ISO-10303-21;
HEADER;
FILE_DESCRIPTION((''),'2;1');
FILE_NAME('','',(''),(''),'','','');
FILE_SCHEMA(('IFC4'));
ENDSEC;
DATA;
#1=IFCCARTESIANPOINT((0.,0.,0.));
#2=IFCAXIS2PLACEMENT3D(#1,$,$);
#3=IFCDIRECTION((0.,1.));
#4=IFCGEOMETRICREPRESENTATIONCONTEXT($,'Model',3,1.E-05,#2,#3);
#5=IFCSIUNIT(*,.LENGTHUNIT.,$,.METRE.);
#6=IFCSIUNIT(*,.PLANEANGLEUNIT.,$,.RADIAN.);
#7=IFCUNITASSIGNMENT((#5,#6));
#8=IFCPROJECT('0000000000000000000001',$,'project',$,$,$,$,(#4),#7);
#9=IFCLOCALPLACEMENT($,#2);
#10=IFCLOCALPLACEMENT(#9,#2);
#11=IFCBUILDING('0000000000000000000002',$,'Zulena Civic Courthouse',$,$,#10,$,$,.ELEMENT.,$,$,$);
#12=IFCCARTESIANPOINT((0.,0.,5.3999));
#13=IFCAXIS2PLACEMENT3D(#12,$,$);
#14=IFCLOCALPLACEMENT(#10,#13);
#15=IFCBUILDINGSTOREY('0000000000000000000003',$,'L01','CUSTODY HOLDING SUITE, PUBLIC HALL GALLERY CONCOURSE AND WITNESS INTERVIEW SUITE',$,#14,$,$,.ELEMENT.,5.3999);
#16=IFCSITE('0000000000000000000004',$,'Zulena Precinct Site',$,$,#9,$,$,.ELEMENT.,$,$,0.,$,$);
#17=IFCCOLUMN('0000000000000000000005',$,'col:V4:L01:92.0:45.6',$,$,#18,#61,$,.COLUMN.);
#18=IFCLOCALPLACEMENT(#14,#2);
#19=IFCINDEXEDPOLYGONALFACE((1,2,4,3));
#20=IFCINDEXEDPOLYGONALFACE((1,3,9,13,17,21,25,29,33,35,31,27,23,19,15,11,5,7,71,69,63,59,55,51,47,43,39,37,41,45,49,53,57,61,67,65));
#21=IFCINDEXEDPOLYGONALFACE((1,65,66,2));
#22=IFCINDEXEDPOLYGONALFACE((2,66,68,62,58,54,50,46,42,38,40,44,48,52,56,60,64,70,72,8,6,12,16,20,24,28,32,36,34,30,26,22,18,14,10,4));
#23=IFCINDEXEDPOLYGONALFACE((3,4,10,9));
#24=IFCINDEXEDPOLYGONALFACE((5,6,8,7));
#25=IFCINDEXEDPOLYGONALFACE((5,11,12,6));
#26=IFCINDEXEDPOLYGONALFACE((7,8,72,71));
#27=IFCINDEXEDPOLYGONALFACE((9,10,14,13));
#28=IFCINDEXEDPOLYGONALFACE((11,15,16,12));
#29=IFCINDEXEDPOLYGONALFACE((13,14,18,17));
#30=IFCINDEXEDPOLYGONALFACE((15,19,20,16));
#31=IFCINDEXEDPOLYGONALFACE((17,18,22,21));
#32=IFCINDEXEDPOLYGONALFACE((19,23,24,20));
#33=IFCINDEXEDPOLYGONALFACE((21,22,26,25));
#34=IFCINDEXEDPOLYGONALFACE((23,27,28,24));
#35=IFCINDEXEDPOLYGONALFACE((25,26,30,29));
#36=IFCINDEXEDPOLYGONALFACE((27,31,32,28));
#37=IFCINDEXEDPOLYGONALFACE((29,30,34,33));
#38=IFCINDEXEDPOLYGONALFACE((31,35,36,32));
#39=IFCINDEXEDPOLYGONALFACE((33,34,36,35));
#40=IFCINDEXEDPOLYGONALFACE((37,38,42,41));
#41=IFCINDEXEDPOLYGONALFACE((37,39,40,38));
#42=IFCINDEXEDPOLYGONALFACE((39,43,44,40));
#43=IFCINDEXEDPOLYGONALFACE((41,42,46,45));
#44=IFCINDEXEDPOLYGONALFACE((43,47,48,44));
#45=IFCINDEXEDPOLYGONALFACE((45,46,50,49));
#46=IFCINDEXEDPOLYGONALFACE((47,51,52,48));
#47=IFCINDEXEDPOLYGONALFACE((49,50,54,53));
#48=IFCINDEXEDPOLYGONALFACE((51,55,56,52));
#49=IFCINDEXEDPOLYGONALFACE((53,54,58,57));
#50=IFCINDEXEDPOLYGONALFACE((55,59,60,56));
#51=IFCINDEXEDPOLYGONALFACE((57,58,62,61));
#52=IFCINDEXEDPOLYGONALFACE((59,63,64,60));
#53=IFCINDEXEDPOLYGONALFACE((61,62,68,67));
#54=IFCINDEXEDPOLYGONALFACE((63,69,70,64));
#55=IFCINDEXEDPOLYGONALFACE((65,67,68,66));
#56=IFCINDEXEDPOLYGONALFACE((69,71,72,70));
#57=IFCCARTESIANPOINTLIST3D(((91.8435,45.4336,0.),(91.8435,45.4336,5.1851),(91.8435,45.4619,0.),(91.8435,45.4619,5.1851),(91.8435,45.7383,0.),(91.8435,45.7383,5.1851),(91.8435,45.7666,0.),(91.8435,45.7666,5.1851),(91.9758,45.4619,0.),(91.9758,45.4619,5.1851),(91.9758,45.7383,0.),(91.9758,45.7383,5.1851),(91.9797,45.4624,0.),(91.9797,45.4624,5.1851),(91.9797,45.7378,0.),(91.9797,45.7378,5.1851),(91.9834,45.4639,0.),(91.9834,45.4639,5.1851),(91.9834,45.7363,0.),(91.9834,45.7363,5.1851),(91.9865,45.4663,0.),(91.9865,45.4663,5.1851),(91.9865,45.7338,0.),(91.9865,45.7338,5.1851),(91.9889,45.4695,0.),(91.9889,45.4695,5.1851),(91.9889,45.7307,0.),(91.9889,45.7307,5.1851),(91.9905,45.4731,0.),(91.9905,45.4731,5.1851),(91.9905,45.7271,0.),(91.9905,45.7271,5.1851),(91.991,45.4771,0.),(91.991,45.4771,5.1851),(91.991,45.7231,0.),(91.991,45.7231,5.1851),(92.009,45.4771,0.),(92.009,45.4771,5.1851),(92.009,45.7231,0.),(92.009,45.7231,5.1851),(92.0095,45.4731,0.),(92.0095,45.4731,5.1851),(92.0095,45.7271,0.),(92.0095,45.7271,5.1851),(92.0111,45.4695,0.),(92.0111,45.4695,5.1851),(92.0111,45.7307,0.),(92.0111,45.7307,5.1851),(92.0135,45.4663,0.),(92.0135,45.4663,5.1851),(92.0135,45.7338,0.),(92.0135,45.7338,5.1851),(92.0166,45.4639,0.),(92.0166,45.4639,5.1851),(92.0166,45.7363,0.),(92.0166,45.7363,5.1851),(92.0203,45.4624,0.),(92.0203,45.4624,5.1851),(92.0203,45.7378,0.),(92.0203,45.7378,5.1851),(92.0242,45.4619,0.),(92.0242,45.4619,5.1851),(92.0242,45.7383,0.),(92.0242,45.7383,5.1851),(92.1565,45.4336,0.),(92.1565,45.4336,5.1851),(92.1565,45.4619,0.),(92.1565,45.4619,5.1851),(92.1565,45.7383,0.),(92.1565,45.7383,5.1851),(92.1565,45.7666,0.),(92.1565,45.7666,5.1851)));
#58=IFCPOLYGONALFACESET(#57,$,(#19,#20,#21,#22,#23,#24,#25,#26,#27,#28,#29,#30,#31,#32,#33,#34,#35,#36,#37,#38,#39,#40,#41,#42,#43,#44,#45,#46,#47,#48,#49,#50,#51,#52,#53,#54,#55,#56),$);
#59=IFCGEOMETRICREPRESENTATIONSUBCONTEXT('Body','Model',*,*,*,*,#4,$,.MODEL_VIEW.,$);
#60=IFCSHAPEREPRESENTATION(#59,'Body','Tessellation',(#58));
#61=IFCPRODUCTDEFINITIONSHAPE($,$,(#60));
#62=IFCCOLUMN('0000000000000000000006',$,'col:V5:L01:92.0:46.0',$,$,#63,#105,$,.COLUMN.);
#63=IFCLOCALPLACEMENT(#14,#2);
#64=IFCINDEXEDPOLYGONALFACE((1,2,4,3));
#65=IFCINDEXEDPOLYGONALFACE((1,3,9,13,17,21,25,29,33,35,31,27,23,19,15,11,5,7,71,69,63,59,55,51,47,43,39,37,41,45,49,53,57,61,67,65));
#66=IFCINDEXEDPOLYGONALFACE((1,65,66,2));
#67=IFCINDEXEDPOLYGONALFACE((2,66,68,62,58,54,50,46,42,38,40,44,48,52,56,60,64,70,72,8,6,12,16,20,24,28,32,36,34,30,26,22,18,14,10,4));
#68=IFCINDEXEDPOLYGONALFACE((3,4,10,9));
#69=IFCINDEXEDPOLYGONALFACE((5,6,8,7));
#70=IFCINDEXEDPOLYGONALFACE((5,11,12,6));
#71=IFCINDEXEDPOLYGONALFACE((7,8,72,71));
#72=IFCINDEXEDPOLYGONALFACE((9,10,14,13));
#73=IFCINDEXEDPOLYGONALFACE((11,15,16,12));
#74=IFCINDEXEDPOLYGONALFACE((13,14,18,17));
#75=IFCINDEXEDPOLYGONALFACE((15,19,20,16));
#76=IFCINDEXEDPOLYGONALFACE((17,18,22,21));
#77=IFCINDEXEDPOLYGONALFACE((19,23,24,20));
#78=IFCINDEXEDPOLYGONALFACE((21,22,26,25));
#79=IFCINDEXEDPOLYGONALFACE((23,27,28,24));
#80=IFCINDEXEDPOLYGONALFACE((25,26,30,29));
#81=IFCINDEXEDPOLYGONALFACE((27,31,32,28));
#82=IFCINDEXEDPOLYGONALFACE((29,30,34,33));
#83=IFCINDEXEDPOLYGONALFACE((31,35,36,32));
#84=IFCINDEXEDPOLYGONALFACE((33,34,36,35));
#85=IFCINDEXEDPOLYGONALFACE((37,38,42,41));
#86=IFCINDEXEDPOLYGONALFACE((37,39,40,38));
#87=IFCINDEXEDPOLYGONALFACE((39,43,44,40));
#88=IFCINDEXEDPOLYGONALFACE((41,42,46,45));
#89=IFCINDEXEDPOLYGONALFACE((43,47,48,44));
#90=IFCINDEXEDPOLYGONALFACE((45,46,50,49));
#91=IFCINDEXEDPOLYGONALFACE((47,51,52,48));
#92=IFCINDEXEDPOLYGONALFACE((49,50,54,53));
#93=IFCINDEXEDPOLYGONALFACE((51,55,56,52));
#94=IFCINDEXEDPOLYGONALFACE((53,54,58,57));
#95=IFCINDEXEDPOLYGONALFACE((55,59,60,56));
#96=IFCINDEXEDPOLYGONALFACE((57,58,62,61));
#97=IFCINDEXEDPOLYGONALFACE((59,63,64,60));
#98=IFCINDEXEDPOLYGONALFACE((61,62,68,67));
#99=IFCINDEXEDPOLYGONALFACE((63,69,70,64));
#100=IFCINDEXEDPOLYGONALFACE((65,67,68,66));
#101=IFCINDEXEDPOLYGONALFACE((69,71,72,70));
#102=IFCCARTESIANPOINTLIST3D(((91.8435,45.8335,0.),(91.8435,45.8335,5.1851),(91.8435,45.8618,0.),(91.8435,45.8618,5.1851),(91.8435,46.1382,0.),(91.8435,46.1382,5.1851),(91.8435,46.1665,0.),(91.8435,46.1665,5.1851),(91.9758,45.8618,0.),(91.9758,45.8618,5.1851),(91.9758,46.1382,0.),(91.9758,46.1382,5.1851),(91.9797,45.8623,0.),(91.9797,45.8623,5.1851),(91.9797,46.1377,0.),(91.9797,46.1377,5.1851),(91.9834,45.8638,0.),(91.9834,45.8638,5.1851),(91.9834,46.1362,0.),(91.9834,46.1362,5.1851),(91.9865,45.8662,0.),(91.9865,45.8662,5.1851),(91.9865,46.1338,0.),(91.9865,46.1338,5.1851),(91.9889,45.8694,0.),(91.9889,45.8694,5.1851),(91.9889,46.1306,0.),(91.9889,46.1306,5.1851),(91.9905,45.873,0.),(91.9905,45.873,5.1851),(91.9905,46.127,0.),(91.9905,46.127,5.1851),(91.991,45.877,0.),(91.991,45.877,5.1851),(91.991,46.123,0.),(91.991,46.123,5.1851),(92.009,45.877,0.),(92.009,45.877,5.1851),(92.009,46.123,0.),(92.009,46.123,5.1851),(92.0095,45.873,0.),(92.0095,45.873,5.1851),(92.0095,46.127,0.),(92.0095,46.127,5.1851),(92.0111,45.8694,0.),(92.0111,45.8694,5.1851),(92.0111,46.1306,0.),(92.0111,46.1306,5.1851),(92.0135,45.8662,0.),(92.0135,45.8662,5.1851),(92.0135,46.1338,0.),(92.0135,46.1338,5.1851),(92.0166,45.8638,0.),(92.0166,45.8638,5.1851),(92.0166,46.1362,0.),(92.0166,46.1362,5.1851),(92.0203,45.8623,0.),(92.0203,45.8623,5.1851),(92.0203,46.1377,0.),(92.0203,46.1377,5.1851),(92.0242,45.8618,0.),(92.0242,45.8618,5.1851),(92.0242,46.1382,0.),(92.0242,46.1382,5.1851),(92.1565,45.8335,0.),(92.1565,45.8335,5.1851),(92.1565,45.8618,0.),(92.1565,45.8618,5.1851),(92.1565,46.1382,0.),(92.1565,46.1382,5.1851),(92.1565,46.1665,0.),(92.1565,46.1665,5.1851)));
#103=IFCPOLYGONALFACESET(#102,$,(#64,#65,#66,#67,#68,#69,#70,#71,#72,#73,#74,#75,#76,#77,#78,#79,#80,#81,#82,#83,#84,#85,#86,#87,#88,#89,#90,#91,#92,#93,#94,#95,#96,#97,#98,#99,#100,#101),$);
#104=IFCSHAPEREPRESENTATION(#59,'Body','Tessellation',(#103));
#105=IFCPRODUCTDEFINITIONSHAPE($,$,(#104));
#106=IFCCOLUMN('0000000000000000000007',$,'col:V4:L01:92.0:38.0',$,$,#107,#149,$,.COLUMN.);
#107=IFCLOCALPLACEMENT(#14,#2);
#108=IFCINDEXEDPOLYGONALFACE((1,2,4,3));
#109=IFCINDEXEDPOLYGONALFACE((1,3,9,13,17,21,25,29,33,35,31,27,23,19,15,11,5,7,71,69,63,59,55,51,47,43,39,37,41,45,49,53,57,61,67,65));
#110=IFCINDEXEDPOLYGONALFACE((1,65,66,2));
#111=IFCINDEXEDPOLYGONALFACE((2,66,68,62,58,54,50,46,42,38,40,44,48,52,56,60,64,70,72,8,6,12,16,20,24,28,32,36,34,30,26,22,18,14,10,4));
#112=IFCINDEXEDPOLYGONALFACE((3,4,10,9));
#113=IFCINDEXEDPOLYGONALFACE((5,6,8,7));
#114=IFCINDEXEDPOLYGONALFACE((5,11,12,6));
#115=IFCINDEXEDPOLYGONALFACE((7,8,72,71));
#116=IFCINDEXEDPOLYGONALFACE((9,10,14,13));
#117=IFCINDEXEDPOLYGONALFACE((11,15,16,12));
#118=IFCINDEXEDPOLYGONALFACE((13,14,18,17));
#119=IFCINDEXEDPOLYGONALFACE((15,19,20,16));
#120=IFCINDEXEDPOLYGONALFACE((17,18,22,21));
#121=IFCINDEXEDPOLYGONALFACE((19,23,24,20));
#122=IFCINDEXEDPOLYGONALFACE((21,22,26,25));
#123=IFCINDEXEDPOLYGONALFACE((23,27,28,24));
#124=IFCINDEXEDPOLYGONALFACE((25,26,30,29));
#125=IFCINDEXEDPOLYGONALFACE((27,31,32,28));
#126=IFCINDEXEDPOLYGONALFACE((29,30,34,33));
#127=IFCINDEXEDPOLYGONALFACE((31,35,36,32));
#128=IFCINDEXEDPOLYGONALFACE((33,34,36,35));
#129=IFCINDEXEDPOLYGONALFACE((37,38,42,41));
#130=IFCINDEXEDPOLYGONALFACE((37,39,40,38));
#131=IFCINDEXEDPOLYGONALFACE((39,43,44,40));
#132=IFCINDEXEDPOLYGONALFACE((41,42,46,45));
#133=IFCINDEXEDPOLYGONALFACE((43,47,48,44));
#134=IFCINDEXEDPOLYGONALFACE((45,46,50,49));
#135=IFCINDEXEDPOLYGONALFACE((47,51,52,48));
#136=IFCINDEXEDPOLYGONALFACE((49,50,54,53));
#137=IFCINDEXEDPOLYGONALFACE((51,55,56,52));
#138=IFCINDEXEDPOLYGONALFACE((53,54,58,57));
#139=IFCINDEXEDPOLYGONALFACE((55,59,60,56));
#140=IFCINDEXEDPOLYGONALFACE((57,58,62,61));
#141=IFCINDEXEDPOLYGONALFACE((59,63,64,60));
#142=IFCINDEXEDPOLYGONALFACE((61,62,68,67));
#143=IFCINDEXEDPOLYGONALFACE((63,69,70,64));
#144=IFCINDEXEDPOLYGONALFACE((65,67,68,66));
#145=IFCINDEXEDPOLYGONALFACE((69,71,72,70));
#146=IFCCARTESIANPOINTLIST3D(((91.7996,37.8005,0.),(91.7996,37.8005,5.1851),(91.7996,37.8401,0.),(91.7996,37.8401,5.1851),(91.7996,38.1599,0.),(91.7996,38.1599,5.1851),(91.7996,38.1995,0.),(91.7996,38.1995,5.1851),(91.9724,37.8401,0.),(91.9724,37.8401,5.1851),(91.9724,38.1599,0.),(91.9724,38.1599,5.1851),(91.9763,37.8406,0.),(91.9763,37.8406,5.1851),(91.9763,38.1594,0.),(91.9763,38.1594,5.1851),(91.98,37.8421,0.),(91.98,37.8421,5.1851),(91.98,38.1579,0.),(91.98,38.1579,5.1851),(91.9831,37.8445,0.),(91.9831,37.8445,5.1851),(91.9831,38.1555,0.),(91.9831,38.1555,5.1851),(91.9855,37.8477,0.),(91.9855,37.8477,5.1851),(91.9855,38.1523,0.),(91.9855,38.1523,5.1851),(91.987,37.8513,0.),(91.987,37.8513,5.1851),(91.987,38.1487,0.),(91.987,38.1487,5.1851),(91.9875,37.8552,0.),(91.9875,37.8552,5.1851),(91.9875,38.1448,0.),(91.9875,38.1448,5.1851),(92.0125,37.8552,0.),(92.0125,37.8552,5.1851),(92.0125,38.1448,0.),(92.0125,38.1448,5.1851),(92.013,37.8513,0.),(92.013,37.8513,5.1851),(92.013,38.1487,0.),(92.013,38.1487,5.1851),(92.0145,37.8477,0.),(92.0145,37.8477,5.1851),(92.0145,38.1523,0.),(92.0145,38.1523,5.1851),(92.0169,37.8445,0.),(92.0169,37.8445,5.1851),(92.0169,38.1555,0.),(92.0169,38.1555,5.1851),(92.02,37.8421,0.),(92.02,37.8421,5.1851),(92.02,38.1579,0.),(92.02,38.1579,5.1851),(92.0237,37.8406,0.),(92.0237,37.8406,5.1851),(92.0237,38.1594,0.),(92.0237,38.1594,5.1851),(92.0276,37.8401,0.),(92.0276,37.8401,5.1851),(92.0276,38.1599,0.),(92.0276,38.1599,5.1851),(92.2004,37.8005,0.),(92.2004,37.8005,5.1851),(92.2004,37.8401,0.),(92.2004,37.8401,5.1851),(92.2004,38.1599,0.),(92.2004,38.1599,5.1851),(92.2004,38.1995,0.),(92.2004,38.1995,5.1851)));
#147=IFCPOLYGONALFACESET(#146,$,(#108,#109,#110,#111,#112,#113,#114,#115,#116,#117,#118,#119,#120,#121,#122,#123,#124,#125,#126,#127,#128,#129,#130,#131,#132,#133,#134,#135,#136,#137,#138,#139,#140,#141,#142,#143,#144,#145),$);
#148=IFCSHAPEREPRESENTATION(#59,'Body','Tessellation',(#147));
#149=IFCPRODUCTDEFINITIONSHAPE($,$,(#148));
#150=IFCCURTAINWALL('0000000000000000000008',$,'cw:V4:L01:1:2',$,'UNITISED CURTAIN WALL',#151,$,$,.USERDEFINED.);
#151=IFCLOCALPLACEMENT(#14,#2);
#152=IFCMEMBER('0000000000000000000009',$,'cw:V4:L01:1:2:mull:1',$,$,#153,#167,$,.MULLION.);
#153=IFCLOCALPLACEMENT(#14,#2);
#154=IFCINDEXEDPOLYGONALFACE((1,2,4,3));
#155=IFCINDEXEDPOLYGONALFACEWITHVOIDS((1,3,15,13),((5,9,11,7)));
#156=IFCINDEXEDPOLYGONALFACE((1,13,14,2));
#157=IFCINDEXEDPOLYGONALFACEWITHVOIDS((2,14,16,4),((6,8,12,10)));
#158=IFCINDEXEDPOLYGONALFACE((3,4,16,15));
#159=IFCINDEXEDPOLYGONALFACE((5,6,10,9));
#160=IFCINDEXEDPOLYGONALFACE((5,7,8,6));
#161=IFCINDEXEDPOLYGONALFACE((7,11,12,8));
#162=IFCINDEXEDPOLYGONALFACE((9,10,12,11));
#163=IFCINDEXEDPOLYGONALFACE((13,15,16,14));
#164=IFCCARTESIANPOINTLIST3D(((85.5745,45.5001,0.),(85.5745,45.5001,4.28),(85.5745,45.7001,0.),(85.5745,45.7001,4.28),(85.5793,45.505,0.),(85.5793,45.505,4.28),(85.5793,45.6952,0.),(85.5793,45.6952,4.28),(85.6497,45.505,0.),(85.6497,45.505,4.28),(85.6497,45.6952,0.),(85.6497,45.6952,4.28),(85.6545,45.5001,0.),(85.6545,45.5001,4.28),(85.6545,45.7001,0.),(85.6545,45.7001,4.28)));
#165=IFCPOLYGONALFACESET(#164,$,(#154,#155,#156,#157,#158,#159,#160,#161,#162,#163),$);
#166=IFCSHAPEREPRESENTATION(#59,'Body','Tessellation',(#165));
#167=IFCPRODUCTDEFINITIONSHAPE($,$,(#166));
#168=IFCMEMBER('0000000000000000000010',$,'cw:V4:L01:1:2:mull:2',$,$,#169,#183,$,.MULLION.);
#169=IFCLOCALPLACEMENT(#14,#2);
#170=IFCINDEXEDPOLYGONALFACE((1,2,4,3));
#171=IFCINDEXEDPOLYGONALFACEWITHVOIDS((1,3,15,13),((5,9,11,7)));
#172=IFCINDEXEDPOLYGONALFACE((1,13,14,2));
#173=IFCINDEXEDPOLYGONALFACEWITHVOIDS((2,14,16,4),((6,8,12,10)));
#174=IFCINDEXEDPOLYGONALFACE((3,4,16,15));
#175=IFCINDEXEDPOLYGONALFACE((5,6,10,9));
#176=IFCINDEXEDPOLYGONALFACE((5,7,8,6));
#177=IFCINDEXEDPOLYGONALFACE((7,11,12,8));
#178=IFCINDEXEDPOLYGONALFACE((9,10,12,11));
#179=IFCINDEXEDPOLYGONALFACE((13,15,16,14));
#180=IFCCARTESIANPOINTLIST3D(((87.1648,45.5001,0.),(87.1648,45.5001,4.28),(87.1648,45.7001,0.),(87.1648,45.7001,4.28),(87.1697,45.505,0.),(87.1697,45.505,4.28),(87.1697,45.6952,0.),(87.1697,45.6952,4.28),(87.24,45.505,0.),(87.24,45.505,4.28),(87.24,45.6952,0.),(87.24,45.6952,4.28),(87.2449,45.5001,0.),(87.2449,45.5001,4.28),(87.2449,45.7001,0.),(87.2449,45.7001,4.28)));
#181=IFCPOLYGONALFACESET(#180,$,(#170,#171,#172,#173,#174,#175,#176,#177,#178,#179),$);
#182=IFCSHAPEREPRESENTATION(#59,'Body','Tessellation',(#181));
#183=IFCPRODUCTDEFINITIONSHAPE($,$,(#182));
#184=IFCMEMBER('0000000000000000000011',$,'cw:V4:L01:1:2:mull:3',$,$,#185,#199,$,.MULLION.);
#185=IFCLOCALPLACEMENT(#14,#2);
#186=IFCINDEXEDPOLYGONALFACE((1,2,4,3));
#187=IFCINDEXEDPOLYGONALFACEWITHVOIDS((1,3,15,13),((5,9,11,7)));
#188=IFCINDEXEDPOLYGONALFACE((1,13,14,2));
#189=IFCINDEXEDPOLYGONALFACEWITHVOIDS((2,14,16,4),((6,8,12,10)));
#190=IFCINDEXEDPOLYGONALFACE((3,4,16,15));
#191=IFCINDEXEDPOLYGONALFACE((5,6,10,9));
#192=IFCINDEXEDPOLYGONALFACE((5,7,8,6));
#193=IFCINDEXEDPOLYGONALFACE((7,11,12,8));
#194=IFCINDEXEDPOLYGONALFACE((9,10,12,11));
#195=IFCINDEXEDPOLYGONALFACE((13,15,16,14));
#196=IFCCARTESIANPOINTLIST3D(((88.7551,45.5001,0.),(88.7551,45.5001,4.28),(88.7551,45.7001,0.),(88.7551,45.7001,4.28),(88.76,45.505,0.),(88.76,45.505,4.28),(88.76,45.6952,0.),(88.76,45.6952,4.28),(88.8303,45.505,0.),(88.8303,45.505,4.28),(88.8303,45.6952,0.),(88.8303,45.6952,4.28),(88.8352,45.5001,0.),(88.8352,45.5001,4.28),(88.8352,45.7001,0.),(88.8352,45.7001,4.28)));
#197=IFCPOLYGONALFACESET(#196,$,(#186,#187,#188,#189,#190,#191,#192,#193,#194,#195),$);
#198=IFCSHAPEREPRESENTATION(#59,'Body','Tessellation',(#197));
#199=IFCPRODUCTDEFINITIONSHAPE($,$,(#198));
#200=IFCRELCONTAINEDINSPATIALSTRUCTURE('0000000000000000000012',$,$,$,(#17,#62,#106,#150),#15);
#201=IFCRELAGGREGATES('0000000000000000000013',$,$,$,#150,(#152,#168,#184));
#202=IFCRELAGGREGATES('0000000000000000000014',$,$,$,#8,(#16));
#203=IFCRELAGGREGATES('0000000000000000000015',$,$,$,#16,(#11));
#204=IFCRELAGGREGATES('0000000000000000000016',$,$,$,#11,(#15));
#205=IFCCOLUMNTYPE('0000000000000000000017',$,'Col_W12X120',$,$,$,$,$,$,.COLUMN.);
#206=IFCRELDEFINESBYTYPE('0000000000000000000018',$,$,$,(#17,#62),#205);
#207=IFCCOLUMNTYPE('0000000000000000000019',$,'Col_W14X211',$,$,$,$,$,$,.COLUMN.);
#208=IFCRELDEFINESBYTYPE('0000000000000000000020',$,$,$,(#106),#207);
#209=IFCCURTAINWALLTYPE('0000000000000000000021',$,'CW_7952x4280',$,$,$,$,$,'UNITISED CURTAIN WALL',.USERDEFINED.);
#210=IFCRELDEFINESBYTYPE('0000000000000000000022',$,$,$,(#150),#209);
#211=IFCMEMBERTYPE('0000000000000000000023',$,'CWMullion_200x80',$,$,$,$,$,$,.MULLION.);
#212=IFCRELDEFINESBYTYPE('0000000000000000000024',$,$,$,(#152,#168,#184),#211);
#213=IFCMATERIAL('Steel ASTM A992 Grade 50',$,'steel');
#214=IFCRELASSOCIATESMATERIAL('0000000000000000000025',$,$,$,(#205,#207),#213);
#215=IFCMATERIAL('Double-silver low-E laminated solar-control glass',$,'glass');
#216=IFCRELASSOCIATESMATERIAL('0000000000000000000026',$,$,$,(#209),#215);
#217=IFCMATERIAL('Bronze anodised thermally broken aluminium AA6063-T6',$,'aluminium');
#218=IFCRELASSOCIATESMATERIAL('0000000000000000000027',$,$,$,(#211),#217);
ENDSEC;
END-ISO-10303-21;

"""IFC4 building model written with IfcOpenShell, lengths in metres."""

from ifc_helpers import new_model, si_unit, direction, frame, origin, origin_2d, place, context, subcontext, project, spatial, hollow_rectangle, i_section, extrude, material, material_profile, profile_set, type_object, element, aggregate, save


model = new_model("IFC4")

# Units and contexts
model_context = context("Model", 3, precision=1e-05, world=origin(), true_north=direction((0.0, 1.0)))
body_context = subcontext(model_context, "Body", "Model", "MODEL_VIEW")
ifc_project = project(units=[si_unit("LENGTHUNIT", "METRE"), si_unit("PLANEANGLEUNIT", "RADIAN")], contexts=[model_context])

# Site, building, storey
site_placement = place(None, origin())
site = spatial("IfcSite", under=ifc_project, at=site_placement, Name="Zulena Precinct Site", CompositionType="ELEMENT", RefElevation=0.0)
building_placement = place(site_placement, origin())
building = spatial("IfcBuilding", under=site, at=building_placement, Name="Zulena Civic Courthouse", CompositionType="ELEMENT")
storey_placement = place(building_placement, frame((0.0, 0.0, 5.3999)))
storey = spatial("IfcBuildingStorey", under=building, at=storey_placement, Name="L01", Description="CUSTODY HOLDING SUITE, PUBLIC HALL GALLERY CONCOURSE AND WITNESS INTERVIEW SUITE", CompositionType="ELEMENT", Elevation=5.3999)

# Columns
ifc_material_1 = material(Name="Steel ASTM A992 Grade 50", Category="steel")
ifc_material_profile_1 = material_profile(ifc_material_1, i_section(OverallWidth=0.313, OverallDepth=0.333, WebThickness=0.0181, FlangeThickness=0.0283, FilletRadius=0.0151, at=origin_2d()), Name="W12X120")
ifc_profile_set_1 = profile_set([ifc_material_profile_1], Name="Steel ASTM A992 Grade 50")
column_type_1 = type_object("IfcColumnType", Name="Col_W12X120", PredefinedType="COLUMN", material=ifc_profile_set_1)
for number, where, z_axis, x_axis, name in (
    (1, (92.0, 45.6001, 0.0), (0.0, 0.0, 1.0), (1.0, 0.0, 0.0), "col:V4:L01:92.0:45.6"),
    (2, (92.0, 46.0, 0.0), (0.0, 0.0, 1.0), (1.0, 0.0, 0.0), "col:V5:L01:92.0:46.0"),
):
    element("IfcColumn", number, at=place(storey_placement, frame(where, z_axis=z_axis, x_axis=x_axis)), inside=storey, type_object=column_type_1, Name=name, PredefinedType="COLUMN", context=body_context, shape_type="SweptSolid", body=[
        extrude(i_section(OverallWidth=0.313, OverallDepth=0.333, WebThickness=0.0181, FlangeThickness=0.0283, FilletRadius=0.0151, at=origin_2d()), origin(), (0.0, 0.0, 1.0), 5.1851),
    ])
ifc_material_profile_2 = material_profile(ifc_material_1, i_section(OverallWidth=0.4009, OverallDepth=0.3989, WebThickness=0.0249, FlangeThickness=0.0396, FilletRadius=0.0151, at=origin_2d()), Name="W14X211")
ifc_profile_set_2 = profile_set([ifc_material_profile_2], Name="Steel ASTM A992 Grade 50")
column_type_2 = type_object("IfcColumnType", Name="Col_W14X211", PredefinedType="COLUMN", material=ifc_profile_set_2)
column_placement = place(storey_placement, frame((92.0, 38.0, 0.0), z_axis=(0.0, 0.0, 1.0), x_axis=(1.0, 0.0, 0.0)))
element("IfcColumn", 3, at=column_placement, inside=storey, type_object=column_type_2, Name="col:V4:L01:92.0:38.0", PredefinedType="COLUMN", context=body_context, shape_type="SweptSolid", body=[
    extrude(i_section(OverallWidth=0.4009, OverallDepth=0.3989, WebThickness=0.0249, FlangeThickness=0.0396, FilletRadius=0.0151, at=origin_2d()), origin(), (0.0, 0.0, 1.0), 5.1851),
])

# Curtain wall, members
ifc_material_2 = material(Name="Double-silver low-E laminated solar-control glass", Category="glass")
curtain_wall_type = type_object("IfcCurtainWallType", Name="CW_7952x4280", ElementType="UNITISED CURTAIN WALL", PredefinedType="USERDEFINED", material=ifc_material_2)
curtain_wall_1_placement = place(storey_placement, origin())
curtain_wall_1 = element("IfcCurtainWall", 4, at=curtain_wall_1_placement, inside=storey, type_object=curtain_wall_type, Name="cw:V4:L01:1:2", ObjectType="UNITISED CURTAIN WALL", PredefinedType="USERDEFINED")
ifc_material_3 = material(Name="Bronze anodised thermally broken aluminium AA6063-T6", Category="aluminium")
ifc_material_profile_3 = material_profile(ifc_material_3, hollow_rectangle(XDim=0.0801, YDim=0.2, WallThickness=0.0049, at=origin_2d()), Name="CWM200X80X5")
ifc_profile_set_3 = profile_set([ifc_material_profile_3], Name="Bronze anodised thermally broken aluminium AA6063-T6")
member_type_1 = type_object("IfcMemberType", Name="CWMullion_200x80", PredefinedType="MULLION", material=ifc_profile_set_3)
member_1_placement = place(storey_placement, frame((85.6145, 45.6001, 0.0), z_axis=(0.0, 0.0, 1.0), x_axis=(1.0, 0.0, 0.0)))
member_1 = element("IfcMember", 5, at=member_1_placement, type_object=member_type_1, Name="cw:V4:L01:1:2:mull:1", PredefinedType="MULLION", context=body_context, shape_type="SweptSolid", body=[
    extrude(hollow_rectangle(XDim=0.0801, YDim=0.2, WallThickness=0.0049, at=origin_2d()), origin(), (0.0, 0.0, 1.0), 4.28),
])
member_2_placement = place(storey_placement, frame((87.2048, 45.6001, 0.0), z_axis=(0.0, 0.0, 1.0), x_axis=(1.0, 0.0, 0.0)))
member_2 = element("IfcMember", 6, at=member_2_placement, type_object=member_type_1, Name="cw:V4:L01:1:2:mull:2", PredefinedType="MULLION", context=body_context, shape_type="SweptSolid", body=[
    extrude(hollow_rectangle(XDim=0.0801, YDim=0.2, WallThickness=0.0049, at=origin_2d()), origin(), (0.0, 0.0, 1.0), 4.28),
])
member_3_placement = place(storey_placement, frame((88.7952, 45.6001, 0.0), z_axis=(0.0, 0.0, 1.0), x_axis=(1.0, 0.0, 0.0)))
member_3 = element("IfcMember", 7, at=member_3_placement, type_object=member_type_1, Name="cw:V4:L01:1:2:mull:3", PredefinedType="MULLION", context=body_context, shape_type="SweptSolid", body=[
    extrude(hollow_rectangle(XDim=0.0801, YDim=0.2, WallThickness=0.0049, at=origin_2d()), origin(), (0.0, 0.0, 1.0), 4.28),
])

aggregate(curtain_wall_1, [member_1, member_2, member_3])

save(model, "model.ifc")
